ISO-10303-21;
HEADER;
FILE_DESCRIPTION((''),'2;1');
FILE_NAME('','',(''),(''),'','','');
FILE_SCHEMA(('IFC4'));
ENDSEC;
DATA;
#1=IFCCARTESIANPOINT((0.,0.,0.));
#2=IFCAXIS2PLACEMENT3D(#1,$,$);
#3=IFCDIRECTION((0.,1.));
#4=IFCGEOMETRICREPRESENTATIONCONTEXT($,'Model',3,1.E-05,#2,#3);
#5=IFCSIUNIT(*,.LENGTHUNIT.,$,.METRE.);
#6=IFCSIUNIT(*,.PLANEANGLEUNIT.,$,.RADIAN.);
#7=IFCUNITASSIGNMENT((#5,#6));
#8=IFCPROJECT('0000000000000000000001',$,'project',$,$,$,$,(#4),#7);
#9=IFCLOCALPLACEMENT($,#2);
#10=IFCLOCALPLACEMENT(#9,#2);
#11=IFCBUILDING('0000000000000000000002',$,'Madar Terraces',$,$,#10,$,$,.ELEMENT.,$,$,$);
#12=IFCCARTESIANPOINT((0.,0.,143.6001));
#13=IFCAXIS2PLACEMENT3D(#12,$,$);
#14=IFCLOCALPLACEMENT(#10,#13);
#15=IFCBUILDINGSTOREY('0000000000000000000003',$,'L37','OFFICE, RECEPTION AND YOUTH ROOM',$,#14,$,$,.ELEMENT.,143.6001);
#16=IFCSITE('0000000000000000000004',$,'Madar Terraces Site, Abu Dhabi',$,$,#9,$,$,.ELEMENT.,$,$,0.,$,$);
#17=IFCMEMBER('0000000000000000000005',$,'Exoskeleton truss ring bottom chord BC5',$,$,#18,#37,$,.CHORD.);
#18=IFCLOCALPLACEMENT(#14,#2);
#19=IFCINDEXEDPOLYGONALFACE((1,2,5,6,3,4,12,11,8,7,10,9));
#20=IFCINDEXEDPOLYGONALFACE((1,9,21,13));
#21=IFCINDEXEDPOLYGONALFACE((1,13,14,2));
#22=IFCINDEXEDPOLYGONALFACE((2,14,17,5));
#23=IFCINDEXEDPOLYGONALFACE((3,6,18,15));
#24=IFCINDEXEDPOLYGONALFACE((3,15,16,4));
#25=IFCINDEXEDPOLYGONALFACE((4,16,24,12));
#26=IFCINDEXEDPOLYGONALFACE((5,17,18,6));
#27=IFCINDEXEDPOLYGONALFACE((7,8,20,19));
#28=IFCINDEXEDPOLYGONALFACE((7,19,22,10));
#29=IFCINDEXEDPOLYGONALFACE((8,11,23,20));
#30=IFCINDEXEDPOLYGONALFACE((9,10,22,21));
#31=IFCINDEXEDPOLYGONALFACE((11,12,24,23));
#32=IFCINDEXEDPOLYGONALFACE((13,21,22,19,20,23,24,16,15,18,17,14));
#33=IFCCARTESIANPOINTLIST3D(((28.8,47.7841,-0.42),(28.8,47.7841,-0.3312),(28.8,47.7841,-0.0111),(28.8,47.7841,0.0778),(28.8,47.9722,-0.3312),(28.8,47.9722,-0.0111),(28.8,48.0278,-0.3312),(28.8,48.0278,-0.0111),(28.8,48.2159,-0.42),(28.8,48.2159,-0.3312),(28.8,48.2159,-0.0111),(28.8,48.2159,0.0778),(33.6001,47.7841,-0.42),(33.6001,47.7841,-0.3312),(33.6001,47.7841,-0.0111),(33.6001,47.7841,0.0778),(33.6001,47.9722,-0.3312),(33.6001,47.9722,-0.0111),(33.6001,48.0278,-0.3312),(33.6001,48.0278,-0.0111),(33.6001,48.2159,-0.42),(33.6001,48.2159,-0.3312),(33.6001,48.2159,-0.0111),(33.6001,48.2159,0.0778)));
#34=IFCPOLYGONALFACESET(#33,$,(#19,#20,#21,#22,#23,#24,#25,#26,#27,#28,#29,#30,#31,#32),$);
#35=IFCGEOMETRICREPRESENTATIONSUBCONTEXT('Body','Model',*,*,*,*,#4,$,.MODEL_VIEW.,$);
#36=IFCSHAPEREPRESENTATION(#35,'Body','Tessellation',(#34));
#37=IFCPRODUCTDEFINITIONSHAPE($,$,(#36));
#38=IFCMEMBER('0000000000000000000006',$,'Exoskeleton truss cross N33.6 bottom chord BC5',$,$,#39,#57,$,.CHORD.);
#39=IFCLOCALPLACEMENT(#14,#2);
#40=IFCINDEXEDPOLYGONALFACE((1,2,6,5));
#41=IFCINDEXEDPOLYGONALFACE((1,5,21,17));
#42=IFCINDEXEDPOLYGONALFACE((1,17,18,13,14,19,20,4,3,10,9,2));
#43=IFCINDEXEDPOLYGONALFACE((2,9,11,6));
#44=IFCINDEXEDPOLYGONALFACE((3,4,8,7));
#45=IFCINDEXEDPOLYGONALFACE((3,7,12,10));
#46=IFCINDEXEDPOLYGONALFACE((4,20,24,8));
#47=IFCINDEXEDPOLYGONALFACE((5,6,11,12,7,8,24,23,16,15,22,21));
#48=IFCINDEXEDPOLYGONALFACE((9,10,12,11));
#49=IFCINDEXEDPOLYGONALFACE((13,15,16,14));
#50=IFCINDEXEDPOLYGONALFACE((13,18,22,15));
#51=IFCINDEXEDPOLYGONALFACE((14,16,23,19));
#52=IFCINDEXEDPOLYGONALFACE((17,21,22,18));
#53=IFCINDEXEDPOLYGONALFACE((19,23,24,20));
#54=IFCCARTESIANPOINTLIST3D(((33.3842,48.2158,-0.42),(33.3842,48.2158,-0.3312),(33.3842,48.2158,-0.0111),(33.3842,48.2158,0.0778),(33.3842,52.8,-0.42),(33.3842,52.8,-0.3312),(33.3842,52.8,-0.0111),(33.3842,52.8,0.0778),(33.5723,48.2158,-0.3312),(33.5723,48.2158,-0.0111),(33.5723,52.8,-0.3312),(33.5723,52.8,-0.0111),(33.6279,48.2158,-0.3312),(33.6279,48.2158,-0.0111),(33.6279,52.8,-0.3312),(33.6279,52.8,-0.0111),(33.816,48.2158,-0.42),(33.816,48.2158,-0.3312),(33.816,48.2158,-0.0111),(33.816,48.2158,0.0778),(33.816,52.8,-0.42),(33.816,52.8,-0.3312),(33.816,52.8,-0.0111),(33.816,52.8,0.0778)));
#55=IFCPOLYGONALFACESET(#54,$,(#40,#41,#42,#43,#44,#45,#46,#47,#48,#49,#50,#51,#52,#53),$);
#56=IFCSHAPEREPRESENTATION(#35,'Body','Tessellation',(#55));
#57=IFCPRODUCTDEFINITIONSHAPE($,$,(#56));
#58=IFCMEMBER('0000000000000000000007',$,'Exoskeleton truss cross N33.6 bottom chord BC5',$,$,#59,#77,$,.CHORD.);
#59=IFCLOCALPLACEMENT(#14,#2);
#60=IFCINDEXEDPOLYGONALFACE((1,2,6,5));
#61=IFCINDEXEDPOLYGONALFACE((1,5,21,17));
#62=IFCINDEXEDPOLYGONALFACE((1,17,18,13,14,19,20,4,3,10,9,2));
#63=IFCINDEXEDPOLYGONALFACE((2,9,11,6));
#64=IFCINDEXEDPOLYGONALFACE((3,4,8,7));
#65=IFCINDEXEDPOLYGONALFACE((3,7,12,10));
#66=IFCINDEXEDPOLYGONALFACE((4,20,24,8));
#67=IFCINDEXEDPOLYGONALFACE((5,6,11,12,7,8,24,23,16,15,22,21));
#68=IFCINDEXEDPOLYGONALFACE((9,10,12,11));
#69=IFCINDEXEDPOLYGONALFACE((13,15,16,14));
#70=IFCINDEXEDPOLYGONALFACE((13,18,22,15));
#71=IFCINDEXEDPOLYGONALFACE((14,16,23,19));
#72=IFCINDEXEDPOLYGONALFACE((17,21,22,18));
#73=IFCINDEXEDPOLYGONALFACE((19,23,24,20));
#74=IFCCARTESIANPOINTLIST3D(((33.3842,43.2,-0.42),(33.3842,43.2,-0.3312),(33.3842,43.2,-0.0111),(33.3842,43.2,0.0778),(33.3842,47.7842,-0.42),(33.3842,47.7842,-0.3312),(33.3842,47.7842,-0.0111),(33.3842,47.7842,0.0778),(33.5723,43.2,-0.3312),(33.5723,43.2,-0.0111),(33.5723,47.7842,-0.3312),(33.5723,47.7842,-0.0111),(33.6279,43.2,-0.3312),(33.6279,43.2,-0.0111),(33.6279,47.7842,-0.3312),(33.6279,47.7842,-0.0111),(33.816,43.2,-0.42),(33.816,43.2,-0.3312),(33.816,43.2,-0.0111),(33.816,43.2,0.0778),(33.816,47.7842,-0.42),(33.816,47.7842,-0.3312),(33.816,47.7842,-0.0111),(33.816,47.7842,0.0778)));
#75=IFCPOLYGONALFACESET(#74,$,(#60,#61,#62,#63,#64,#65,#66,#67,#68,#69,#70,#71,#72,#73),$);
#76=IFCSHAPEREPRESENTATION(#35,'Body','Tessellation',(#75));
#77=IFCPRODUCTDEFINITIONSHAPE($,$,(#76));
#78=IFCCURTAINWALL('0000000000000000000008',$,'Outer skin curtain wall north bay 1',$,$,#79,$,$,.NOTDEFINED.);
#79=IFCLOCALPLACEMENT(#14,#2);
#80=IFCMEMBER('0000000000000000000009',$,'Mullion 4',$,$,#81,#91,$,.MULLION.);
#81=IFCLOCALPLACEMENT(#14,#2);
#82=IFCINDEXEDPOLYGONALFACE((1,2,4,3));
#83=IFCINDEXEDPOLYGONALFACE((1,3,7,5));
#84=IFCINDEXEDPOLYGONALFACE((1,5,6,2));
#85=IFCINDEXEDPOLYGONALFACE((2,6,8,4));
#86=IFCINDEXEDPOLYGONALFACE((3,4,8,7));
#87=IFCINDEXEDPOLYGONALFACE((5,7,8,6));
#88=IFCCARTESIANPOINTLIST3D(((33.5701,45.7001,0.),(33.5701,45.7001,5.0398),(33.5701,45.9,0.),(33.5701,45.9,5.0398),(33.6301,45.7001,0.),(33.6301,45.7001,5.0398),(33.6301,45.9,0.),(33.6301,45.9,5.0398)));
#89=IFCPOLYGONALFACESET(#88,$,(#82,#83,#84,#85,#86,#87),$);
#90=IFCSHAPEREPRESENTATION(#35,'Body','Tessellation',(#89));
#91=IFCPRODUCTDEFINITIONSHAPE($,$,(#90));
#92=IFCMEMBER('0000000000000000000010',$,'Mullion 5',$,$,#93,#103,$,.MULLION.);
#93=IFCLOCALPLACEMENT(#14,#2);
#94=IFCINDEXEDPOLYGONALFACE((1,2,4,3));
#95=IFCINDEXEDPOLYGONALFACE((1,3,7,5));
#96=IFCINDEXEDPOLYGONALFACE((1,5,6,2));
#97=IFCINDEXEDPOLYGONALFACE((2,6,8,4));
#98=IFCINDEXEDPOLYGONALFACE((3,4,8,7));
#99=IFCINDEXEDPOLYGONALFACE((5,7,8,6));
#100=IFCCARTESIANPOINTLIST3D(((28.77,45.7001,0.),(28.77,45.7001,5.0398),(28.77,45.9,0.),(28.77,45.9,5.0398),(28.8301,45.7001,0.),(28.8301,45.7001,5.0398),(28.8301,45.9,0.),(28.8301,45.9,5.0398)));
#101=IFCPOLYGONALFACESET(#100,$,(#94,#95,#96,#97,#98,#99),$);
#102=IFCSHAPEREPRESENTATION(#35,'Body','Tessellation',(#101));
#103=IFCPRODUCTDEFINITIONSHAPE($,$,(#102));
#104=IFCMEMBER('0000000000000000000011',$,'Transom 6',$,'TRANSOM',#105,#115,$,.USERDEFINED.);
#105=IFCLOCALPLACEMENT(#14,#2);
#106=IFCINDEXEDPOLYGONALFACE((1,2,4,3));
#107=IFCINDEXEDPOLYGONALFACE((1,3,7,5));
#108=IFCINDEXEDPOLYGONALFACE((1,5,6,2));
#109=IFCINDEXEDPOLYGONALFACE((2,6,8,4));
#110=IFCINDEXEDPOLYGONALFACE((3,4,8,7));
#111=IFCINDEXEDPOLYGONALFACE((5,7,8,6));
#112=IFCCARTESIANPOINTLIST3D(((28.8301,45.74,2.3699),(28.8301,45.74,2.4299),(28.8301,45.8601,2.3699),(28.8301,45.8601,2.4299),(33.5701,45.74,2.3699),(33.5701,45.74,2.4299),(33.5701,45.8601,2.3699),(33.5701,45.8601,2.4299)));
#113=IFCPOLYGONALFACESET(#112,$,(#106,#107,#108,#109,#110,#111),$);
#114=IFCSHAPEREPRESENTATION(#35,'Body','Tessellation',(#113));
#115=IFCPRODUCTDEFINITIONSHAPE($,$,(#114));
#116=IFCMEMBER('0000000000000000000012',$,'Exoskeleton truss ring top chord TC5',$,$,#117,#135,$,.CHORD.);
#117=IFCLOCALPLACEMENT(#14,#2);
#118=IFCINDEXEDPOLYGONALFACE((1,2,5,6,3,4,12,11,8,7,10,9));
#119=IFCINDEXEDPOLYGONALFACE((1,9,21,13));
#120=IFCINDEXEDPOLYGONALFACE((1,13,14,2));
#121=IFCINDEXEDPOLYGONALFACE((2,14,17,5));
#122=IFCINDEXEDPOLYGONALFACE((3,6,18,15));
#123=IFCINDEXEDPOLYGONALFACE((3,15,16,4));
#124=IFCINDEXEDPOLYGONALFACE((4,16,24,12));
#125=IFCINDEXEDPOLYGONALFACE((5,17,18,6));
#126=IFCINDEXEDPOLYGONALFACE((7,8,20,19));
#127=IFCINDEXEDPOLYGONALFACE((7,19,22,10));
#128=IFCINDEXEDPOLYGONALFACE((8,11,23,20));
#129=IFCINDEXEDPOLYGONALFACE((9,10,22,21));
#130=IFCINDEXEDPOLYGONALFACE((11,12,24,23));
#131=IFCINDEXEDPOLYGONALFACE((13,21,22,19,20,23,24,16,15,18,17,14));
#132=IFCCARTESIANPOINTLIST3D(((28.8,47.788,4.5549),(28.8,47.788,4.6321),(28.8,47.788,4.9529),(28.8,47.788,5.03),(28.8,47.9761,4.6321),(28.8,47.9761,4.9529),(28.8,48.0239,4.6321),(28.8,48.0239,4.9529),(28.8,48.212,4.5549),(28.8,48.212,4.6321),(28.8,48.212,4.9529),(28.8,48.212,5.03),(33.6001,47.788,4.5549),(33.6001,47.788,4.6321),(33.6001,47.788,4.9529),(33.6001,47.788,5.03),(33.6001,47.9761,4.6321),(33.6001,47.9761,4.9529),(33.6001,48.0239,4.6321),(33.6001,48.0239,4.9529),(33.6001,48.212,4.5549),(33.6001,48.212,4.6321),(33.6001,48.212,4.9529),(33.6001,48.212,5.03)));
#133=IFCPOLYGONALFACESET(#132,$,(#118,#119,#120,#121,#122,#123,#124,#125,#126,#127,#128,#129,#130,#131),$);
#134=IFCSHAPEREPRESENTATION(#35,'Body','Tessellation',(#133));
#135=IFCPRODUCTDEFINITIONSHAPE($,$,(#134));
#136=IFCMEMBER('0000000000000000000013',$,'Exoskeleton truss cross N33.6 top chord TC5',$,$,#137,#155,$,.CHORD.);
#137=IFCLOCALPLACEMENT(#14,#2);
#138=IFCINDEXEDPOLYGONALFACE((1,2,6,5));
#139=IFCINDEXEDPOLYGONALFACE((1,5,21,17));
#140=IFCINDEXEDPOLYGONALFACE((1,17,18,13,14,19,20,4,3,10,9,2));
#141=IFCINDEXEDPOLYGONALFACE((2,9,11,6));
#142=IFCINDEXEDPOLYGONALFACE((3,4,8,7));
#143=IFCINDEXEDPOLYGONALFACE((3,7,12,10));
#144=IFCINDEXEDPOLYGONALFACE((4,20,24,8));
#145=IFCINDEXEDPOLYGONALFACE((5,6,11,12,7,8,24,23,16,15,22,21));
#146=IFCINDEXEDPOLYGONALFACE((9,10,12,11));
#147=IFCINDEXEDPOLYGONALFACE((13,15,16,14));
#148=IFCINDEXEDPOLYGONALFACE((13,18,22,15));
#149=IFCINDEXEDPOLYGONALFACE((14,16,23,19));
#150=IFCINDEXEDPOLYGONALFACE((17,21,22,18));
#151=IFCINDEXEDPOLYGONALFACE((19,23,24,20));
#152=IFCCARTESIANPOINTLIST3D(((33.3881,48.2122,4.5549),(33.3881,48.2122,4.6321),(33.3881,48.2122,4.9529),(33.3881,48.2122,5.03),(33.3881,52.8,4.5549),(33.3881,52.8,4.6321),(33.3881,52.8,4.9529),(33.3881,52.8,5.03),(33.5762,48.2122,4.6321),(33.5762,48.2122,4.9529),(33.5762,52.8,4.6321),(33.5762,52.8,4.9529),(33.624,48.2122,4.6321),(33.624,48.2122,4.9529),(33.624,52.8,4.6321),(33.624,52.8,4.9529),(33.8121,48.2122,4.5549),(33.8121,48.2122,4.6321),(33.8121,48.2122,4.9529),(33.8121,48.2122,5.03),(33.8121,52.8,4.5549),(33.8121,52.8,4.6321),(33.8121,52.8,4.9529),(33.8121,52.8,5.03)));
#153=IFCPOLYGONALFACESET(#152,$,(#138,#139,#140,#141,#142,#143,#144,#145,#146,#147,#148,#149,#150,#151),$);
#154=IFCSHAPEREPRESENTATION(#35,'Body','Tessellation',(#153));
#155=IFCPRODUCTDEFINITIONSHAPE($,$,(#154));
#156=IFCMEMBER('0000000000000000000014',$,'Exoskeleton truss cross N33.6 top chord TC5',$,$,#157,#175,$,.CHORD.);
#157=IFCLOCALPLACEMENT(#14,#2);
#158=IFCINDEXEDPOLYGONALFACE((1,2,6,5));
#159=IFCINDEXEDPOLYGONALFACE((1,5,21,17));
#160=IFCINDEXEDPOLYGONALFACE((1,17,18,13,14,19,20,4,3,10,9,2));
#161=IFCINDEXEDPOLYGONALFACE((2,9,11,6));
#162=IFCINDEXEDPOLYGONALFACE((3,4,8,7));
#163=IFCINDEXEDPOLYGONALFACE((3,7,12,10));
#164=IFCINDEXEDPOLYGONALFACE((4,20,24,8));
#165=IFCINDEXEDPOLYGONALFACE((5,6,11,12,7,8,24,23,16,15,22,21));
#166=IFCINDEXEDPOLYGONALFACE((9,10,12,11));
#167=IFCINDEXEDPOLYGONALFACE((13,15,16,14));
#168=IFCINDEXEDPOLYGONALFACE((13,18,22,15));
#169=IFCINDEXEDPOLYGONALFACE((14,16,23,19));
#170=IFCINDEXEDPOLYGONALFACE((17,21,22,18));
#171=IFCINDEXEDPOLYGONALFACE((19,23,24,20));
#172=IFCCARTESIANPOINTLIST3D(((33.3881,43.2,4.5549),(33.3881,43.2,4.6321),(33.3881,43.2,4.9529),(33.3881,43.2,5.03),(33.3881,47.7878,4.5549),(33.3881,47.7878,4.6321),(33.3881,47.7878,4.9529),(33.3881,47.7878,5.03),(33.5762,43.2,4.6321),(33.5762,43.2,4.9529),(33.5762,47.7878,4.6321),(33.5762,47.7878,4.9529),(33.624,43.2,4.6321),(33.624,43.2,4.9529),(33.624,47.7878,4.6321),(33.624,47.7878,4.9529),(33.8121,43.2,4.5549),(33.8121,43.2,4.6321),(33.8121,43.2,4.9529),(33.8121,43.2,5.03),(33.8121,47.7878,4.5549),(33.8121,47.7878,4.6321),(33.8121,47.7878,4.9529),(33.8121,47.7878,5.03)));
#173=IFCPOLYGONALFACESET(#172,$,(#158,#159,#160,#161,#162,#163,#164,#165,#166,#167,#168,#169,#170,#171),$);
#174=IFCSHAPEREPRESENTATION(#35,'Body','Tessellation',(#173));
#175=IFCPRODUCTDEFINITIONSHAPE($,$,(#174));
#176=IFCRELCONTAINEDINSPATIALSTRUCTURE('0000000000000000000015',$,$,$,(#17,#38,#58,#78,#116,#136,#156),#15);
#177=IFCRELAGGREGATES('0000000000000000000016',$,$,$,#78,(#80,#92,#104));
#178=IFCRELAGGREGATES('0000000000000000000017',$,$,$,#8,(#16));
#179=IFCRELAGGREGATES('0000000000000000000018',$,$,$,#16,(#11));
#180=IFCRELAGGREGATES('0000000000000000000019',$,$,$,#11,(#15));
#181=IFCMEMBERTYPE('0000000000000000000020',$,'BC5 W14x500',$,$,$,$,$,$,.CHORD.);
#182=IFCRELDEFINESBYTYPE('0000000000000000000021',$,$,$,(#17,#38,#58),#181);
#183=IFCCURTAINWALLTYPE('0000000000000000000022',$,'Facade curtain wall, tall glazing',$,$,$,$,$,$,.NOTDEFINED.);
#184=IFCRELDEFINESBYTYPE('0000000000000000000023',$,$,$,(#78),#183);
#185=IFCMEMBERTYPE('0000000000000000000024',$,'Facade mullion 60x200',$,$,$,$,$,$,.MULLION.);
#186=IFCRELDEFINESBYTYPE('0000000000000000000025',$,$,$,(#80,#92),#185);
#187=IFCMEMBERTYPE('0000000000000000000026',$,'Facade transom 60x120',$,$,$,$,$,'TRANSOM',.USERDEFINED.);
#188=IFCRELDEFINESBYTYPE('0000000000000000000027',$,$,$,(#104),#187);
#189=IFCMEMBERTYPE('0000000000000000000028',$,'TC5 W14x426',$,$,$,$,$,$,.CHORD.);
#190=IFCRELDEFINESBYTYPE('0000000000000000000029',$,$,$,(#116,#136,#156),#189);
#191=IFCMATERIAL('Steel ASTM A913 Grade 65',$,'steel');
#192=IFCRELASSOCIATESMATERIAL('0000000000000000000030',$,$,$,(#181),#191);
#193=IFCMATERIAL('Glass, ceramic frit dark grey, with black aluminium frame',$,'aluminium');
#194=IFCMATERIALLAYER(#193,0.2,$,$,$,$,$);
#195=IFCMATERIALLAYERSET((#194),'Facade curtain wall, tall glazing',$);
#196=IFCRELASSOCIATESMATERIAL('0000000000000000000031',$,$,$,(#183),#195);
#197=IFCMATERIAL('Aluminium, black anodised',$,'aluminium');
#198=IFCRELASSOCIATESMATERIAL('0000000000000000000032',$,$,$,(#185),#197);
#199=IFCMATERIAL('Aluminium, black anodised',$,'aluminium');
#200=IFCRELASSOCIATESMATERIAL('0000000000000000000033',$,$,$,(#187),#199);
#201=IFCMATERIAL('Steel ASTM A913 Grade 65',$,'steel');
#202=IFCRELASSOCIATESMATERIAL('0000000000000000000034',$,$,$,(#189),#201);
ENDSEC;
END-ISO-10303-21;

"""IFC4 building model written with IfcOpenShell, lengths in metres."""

from ifc_helpers import new_model, si_unit, direction, frame, origin, origin_2d, place, context, subcontext, project, spatial, rectangle, i_section, extrude, material, layer, layer_set, material_profile, profile_set, type_object, element, aggregate, save


model = new_model("IFC4")

# Units and contexts
model_context = context("Model", 3, precision=1e-05, world=origin(), true_north=direction((0.0, 1.0)))
body_context = subcontext(model_context, "Body", "Model", "MODEL_VIEW")
ifc_project = project(units=[si_unit("LENGTHUNIT", "METRE"), si_unit("PLANEANGLEUNIT", "RADIAN")], contexts=[model_context])

# Site, building, storey
site_placement = place(None, origin())
site = spatial("IfcSite", under=ifc_project, at=site_placement, Name="Madar Terraces Site, Abu Dhabi", CompositionType="ELEMENT", RefElevation=0.0)
building_placement = place(site_placement, origin())
building = spatial("IfcBuilding", under=site, at=building_placement, Name="Madar Terraces", CompositionType="ELEMENT")
storey_placement = place(building_placement, frame((0.0, 0.0, 143.6001)))
storey = spatial("IfcBuildingStorey", under=building, at=storey_placement, Name="L37", Description="OFFICE, RECEPTION AND YOUTH ROOM", CompositionType="ELEMENT", Elevation=143.6001)

# Members
ifc_material_1 = material(Name="Steel ASTM A913 Grade 65", Category="steel")
ifc_material_profile_1 = material_profile(ifc_material_1, i_section(OverallWidth=0.4319, OverallDepth=0.4978, WebThickness=0.0557, FlangeThickness=0.0889, at=origin_2d()), Name="W14x500")
ifc_profile_set_1 = profile_set([ifc_material_profile_1], Name="Steel ASTM A913 Grade 65")
member_type_1 = type_object("IfcMemberType", Name="BC5 W14x500", PredefinedType="CHORD", material=ifc_profile_set_1)
member_1_placement = place(storey_placement, frame((33.6001, 48.0, -0.1711), z_axis=(-1.0, 0.0, 0.0), x_axis=(0.0, -1.0, 0.0)))
element("IfcMember", 1, at=member_1_placement, inside=storey, type_object=member_type_1, Name="Exoskeleton truss ring bottom chord BC5", PredefinedType="CHORD", context=body_context, shape_type="SweptSolid", body=[
    extrude(i_section(OverallWidth=0.4319, OverallDepth=0.4978, WebThickness=0.0557, FlangeThickness=0.0889, at=origin_2d()), origin(), (0.0, 0.0, 1.0), 4.8),
])
for number, where, z_axis, x_axis, name in (
    (2, (33.6001, 52.8, -0.1711), (0.0, -1.0, 0.0), (1.0, 0.0, 0.0), "Exoskeleton truss cross N33.6 bottom chord BC5"),
    (3, (33.6001, 47.7842, -0.1711), (0.0, -1.0, 0.0), (1.0, 0.0, 0.0), "Exoskeleton truss cross N33.6 bottom chord BC5"),
):
    element("IfcMember", number, at=place(storey_placement, frame(where, z_axis=z_axis, x_axis=x_axis)), inside=storey, type_object=member_type_1, Name=name, PredefinedType="CHORD", context=body_context, shape_type="SweptSolid", body=[
        extrude(i_section(OverallWidth=0.4319, OverallDepth=0.4978, WebThickness=0.0557, FlangeThickness=0.0889, at=origin_2d()), origin(), (0.0, 0.0, 1.0), 4.5842),
    ])

# Curtain wall, members
ifc_material_2 = material(Name="Glass, ceramic frit dark grey, with black aluminium frame", Category="aluminium")
ifc_layer_1 = layer(ifc_material_2, 0.2)
ifc_layer_set_1 = layer_set([ifc_layer_1], Name="Facade curtain wall, tall glazing")
curtain_wall_type = type_object("IfcCurtainWallType", Name="Facade curtain wall, tall glazing", PredefinedType="NOTDEFINED", material=ifc_layer_set_1)
curtain_wall_placement = place(storey_placement, origin())
curtain_wall = element("IfcCurtainWall", 4, at=curtain_wall_placement, inside=storey, type_object=curtain_wall_type, Name="Outer skin curtain wall north bay 1", PredefinedType="NOTDEFINED")
ifc_material_3 = material(Name="Aluminium, black anodised", Category="aluminium")
ifc_material_profile_2 = material_profile(ifc_material_3, rectangle(XDim=0.2, YDim=0.0601, at=origin_2d()), Name="Facade mullion 60x200")
ifc_profile_set_2 = profile_set([ifc_material_profile_2], Name="Aluminium, black anodised")
member_type_2 = type_object("IfcMemberType", Name="Facade mullion 60x200", PredefinedType="MULLION", material=ifc_profile_set_2)
member_2_placement = place(storey_placement, frame((33.6001, 45.8, 0.0), z_axis=(0.0, 0.0, 1.0), x_axis=(0.0, -1.0, 0.0)))
member_2 = element("IfcMember", 5, at=member_2_placement, type_object=member_type_2, Name="Mullion 4", PredefinedType="MULLION", context=body_context, shape_type="SweptSolid", body=[
    extrude(rectangle(XDim=0.2, YDim=0.0601, at=origin_2d()), origin(), (0.0, 0.0, 1.0), 5.0398),
])
member_3_placement = place(storey_placement, frame((28.8, 45.8, 0.0), z_axis=(0.0, 0.0, 1.0), x_axis=(0.0, -1.0, 0.0)))
member_3 = element("IfcMember", 6, at=member_3_placement, type_object=member_type_2, Name="Mullion 5", PredefinedType="MULLION", context=body_context, shape_type="SweptSolid", body=[
    extrude(rectangle(XDim=0.2, YDim=0.0601, at=origin_2d()), origin(), (0.0, 0.0, 1.0), 5.0398),
])
ifc_material_4 = material(Name="Aluminium, black anodised", Category="aluminium")
ifc_material_profile_3 = material_profile(ifc_material_4, rectangle(XDim=0.1201, YDim=0.0601, at=origin_2d()), Name="Facade transom 60x120")
ifc_profile_set_3 = profile_set([ifc_material_profile_3], Name="Aluminium, black anodised")
member_type_3 = type_object("IfcMemberType", Name="Facade transom 60x120", ElementType="TRANSOM", PredefinedType="USERDEFINED", material=ifc_profile_set_3)
member_4_placement = place(storey_placement, frame((33.5701, 45.8, 2.3999), z_axis=(-1.0, 0.0, 0.0), x_axis=(0.0, -1.0, 0.0)))
member_4 = element("IfcMember", 7, at=member_4_placement, type_object=member_type_3, Name="Transom 6", ObjectType="TRANSOM", PredefinedType="USERDEFINED", context=body_context, shape_type="SweptSolid", body=[
    extrude(rectangle(XDim=0.1201, YDim=0.0601, at=origin_2d()), origin(), (0.0, 0.0, 1.0), 4.74),
])

# Members
ifc_material_5 = material(Name="Steel ASTM A913 Grade 65", Category="steel")
ifc_material_profile_4 = material_profile(ifc_material_5, i_section(OverallWidth=0.4241, OverallDepth=0.4751, WebThickness=0.0479, FlangeThickness=0.0771, at=origin_2d()), Name="W14x426")
ifc_profile_set_4 = profile_set([ifc_material_profile_4], Name="Steel ASTM A913 Grade 65")
member_type_4 = type_object("IfcMemberType", Name="TC5 W14x426", PredefinedType="CHORD", material=ifc_profile_set_4)
member_5_placement = place(storey_placement, frame((33.6001, 48.0, 4.7925), z_axis=(-1.0, 0.0, 0.0), x_axis=(0.0, -1.0, 0.0)))
element("IfcMember", 8, at=member_5_placement, inside=storey, type_object=member_type_4, Name="Exoskeleton truss ring top chord TC5", PredefinedType="CHORD", context=body_context, shape_type="SweptSolid", body=[
    extrude(i_section(OverallWidth=0.4241, OverallDepth=0.4751, WebThickness=0.0479, FlangeThickness=0.0771, at=origin_2d()), origin(), (0.0, 0.0, 1.0), 4.8),
])
for number, where, z_axis, x_axis, name in (
    (9, (33.6001, 52.8, 4.7925), (0.0, -1.0, 0.0), (1.0, 0.0, 0.0), "Exoskeleton truss cross N33.6 top chord TC5"),
    (10, (33.6001, 47.7878, 4.7925), (0.0, -1.0, 0.0), (1.0, 0.0, 0.0), "Exoskeleton truss cross N33.6 top chord TC5"),
):
    element("IfcMember", number, at=place(storey_placement, frame(where, z_axis=z_axis, x_axis=x_axis)), inside=storey, type_object=member_type_4, Name=name, PredefinedType="CHORD", context=body_context, shape_type="SweptSolid", body=[
        extrude(i_section(OverallWidth=0.4241, OverallDepth=0.4751, WebThickness=0.0479, FlangeThickness=0.0771, at=origin_2d()), origin(), (0.0, 0.0, 1.0), 4.5879),
    ])

aggregate(curtain_wall, [member_2, member_3, member_4])

save(model, "model.ifc")
